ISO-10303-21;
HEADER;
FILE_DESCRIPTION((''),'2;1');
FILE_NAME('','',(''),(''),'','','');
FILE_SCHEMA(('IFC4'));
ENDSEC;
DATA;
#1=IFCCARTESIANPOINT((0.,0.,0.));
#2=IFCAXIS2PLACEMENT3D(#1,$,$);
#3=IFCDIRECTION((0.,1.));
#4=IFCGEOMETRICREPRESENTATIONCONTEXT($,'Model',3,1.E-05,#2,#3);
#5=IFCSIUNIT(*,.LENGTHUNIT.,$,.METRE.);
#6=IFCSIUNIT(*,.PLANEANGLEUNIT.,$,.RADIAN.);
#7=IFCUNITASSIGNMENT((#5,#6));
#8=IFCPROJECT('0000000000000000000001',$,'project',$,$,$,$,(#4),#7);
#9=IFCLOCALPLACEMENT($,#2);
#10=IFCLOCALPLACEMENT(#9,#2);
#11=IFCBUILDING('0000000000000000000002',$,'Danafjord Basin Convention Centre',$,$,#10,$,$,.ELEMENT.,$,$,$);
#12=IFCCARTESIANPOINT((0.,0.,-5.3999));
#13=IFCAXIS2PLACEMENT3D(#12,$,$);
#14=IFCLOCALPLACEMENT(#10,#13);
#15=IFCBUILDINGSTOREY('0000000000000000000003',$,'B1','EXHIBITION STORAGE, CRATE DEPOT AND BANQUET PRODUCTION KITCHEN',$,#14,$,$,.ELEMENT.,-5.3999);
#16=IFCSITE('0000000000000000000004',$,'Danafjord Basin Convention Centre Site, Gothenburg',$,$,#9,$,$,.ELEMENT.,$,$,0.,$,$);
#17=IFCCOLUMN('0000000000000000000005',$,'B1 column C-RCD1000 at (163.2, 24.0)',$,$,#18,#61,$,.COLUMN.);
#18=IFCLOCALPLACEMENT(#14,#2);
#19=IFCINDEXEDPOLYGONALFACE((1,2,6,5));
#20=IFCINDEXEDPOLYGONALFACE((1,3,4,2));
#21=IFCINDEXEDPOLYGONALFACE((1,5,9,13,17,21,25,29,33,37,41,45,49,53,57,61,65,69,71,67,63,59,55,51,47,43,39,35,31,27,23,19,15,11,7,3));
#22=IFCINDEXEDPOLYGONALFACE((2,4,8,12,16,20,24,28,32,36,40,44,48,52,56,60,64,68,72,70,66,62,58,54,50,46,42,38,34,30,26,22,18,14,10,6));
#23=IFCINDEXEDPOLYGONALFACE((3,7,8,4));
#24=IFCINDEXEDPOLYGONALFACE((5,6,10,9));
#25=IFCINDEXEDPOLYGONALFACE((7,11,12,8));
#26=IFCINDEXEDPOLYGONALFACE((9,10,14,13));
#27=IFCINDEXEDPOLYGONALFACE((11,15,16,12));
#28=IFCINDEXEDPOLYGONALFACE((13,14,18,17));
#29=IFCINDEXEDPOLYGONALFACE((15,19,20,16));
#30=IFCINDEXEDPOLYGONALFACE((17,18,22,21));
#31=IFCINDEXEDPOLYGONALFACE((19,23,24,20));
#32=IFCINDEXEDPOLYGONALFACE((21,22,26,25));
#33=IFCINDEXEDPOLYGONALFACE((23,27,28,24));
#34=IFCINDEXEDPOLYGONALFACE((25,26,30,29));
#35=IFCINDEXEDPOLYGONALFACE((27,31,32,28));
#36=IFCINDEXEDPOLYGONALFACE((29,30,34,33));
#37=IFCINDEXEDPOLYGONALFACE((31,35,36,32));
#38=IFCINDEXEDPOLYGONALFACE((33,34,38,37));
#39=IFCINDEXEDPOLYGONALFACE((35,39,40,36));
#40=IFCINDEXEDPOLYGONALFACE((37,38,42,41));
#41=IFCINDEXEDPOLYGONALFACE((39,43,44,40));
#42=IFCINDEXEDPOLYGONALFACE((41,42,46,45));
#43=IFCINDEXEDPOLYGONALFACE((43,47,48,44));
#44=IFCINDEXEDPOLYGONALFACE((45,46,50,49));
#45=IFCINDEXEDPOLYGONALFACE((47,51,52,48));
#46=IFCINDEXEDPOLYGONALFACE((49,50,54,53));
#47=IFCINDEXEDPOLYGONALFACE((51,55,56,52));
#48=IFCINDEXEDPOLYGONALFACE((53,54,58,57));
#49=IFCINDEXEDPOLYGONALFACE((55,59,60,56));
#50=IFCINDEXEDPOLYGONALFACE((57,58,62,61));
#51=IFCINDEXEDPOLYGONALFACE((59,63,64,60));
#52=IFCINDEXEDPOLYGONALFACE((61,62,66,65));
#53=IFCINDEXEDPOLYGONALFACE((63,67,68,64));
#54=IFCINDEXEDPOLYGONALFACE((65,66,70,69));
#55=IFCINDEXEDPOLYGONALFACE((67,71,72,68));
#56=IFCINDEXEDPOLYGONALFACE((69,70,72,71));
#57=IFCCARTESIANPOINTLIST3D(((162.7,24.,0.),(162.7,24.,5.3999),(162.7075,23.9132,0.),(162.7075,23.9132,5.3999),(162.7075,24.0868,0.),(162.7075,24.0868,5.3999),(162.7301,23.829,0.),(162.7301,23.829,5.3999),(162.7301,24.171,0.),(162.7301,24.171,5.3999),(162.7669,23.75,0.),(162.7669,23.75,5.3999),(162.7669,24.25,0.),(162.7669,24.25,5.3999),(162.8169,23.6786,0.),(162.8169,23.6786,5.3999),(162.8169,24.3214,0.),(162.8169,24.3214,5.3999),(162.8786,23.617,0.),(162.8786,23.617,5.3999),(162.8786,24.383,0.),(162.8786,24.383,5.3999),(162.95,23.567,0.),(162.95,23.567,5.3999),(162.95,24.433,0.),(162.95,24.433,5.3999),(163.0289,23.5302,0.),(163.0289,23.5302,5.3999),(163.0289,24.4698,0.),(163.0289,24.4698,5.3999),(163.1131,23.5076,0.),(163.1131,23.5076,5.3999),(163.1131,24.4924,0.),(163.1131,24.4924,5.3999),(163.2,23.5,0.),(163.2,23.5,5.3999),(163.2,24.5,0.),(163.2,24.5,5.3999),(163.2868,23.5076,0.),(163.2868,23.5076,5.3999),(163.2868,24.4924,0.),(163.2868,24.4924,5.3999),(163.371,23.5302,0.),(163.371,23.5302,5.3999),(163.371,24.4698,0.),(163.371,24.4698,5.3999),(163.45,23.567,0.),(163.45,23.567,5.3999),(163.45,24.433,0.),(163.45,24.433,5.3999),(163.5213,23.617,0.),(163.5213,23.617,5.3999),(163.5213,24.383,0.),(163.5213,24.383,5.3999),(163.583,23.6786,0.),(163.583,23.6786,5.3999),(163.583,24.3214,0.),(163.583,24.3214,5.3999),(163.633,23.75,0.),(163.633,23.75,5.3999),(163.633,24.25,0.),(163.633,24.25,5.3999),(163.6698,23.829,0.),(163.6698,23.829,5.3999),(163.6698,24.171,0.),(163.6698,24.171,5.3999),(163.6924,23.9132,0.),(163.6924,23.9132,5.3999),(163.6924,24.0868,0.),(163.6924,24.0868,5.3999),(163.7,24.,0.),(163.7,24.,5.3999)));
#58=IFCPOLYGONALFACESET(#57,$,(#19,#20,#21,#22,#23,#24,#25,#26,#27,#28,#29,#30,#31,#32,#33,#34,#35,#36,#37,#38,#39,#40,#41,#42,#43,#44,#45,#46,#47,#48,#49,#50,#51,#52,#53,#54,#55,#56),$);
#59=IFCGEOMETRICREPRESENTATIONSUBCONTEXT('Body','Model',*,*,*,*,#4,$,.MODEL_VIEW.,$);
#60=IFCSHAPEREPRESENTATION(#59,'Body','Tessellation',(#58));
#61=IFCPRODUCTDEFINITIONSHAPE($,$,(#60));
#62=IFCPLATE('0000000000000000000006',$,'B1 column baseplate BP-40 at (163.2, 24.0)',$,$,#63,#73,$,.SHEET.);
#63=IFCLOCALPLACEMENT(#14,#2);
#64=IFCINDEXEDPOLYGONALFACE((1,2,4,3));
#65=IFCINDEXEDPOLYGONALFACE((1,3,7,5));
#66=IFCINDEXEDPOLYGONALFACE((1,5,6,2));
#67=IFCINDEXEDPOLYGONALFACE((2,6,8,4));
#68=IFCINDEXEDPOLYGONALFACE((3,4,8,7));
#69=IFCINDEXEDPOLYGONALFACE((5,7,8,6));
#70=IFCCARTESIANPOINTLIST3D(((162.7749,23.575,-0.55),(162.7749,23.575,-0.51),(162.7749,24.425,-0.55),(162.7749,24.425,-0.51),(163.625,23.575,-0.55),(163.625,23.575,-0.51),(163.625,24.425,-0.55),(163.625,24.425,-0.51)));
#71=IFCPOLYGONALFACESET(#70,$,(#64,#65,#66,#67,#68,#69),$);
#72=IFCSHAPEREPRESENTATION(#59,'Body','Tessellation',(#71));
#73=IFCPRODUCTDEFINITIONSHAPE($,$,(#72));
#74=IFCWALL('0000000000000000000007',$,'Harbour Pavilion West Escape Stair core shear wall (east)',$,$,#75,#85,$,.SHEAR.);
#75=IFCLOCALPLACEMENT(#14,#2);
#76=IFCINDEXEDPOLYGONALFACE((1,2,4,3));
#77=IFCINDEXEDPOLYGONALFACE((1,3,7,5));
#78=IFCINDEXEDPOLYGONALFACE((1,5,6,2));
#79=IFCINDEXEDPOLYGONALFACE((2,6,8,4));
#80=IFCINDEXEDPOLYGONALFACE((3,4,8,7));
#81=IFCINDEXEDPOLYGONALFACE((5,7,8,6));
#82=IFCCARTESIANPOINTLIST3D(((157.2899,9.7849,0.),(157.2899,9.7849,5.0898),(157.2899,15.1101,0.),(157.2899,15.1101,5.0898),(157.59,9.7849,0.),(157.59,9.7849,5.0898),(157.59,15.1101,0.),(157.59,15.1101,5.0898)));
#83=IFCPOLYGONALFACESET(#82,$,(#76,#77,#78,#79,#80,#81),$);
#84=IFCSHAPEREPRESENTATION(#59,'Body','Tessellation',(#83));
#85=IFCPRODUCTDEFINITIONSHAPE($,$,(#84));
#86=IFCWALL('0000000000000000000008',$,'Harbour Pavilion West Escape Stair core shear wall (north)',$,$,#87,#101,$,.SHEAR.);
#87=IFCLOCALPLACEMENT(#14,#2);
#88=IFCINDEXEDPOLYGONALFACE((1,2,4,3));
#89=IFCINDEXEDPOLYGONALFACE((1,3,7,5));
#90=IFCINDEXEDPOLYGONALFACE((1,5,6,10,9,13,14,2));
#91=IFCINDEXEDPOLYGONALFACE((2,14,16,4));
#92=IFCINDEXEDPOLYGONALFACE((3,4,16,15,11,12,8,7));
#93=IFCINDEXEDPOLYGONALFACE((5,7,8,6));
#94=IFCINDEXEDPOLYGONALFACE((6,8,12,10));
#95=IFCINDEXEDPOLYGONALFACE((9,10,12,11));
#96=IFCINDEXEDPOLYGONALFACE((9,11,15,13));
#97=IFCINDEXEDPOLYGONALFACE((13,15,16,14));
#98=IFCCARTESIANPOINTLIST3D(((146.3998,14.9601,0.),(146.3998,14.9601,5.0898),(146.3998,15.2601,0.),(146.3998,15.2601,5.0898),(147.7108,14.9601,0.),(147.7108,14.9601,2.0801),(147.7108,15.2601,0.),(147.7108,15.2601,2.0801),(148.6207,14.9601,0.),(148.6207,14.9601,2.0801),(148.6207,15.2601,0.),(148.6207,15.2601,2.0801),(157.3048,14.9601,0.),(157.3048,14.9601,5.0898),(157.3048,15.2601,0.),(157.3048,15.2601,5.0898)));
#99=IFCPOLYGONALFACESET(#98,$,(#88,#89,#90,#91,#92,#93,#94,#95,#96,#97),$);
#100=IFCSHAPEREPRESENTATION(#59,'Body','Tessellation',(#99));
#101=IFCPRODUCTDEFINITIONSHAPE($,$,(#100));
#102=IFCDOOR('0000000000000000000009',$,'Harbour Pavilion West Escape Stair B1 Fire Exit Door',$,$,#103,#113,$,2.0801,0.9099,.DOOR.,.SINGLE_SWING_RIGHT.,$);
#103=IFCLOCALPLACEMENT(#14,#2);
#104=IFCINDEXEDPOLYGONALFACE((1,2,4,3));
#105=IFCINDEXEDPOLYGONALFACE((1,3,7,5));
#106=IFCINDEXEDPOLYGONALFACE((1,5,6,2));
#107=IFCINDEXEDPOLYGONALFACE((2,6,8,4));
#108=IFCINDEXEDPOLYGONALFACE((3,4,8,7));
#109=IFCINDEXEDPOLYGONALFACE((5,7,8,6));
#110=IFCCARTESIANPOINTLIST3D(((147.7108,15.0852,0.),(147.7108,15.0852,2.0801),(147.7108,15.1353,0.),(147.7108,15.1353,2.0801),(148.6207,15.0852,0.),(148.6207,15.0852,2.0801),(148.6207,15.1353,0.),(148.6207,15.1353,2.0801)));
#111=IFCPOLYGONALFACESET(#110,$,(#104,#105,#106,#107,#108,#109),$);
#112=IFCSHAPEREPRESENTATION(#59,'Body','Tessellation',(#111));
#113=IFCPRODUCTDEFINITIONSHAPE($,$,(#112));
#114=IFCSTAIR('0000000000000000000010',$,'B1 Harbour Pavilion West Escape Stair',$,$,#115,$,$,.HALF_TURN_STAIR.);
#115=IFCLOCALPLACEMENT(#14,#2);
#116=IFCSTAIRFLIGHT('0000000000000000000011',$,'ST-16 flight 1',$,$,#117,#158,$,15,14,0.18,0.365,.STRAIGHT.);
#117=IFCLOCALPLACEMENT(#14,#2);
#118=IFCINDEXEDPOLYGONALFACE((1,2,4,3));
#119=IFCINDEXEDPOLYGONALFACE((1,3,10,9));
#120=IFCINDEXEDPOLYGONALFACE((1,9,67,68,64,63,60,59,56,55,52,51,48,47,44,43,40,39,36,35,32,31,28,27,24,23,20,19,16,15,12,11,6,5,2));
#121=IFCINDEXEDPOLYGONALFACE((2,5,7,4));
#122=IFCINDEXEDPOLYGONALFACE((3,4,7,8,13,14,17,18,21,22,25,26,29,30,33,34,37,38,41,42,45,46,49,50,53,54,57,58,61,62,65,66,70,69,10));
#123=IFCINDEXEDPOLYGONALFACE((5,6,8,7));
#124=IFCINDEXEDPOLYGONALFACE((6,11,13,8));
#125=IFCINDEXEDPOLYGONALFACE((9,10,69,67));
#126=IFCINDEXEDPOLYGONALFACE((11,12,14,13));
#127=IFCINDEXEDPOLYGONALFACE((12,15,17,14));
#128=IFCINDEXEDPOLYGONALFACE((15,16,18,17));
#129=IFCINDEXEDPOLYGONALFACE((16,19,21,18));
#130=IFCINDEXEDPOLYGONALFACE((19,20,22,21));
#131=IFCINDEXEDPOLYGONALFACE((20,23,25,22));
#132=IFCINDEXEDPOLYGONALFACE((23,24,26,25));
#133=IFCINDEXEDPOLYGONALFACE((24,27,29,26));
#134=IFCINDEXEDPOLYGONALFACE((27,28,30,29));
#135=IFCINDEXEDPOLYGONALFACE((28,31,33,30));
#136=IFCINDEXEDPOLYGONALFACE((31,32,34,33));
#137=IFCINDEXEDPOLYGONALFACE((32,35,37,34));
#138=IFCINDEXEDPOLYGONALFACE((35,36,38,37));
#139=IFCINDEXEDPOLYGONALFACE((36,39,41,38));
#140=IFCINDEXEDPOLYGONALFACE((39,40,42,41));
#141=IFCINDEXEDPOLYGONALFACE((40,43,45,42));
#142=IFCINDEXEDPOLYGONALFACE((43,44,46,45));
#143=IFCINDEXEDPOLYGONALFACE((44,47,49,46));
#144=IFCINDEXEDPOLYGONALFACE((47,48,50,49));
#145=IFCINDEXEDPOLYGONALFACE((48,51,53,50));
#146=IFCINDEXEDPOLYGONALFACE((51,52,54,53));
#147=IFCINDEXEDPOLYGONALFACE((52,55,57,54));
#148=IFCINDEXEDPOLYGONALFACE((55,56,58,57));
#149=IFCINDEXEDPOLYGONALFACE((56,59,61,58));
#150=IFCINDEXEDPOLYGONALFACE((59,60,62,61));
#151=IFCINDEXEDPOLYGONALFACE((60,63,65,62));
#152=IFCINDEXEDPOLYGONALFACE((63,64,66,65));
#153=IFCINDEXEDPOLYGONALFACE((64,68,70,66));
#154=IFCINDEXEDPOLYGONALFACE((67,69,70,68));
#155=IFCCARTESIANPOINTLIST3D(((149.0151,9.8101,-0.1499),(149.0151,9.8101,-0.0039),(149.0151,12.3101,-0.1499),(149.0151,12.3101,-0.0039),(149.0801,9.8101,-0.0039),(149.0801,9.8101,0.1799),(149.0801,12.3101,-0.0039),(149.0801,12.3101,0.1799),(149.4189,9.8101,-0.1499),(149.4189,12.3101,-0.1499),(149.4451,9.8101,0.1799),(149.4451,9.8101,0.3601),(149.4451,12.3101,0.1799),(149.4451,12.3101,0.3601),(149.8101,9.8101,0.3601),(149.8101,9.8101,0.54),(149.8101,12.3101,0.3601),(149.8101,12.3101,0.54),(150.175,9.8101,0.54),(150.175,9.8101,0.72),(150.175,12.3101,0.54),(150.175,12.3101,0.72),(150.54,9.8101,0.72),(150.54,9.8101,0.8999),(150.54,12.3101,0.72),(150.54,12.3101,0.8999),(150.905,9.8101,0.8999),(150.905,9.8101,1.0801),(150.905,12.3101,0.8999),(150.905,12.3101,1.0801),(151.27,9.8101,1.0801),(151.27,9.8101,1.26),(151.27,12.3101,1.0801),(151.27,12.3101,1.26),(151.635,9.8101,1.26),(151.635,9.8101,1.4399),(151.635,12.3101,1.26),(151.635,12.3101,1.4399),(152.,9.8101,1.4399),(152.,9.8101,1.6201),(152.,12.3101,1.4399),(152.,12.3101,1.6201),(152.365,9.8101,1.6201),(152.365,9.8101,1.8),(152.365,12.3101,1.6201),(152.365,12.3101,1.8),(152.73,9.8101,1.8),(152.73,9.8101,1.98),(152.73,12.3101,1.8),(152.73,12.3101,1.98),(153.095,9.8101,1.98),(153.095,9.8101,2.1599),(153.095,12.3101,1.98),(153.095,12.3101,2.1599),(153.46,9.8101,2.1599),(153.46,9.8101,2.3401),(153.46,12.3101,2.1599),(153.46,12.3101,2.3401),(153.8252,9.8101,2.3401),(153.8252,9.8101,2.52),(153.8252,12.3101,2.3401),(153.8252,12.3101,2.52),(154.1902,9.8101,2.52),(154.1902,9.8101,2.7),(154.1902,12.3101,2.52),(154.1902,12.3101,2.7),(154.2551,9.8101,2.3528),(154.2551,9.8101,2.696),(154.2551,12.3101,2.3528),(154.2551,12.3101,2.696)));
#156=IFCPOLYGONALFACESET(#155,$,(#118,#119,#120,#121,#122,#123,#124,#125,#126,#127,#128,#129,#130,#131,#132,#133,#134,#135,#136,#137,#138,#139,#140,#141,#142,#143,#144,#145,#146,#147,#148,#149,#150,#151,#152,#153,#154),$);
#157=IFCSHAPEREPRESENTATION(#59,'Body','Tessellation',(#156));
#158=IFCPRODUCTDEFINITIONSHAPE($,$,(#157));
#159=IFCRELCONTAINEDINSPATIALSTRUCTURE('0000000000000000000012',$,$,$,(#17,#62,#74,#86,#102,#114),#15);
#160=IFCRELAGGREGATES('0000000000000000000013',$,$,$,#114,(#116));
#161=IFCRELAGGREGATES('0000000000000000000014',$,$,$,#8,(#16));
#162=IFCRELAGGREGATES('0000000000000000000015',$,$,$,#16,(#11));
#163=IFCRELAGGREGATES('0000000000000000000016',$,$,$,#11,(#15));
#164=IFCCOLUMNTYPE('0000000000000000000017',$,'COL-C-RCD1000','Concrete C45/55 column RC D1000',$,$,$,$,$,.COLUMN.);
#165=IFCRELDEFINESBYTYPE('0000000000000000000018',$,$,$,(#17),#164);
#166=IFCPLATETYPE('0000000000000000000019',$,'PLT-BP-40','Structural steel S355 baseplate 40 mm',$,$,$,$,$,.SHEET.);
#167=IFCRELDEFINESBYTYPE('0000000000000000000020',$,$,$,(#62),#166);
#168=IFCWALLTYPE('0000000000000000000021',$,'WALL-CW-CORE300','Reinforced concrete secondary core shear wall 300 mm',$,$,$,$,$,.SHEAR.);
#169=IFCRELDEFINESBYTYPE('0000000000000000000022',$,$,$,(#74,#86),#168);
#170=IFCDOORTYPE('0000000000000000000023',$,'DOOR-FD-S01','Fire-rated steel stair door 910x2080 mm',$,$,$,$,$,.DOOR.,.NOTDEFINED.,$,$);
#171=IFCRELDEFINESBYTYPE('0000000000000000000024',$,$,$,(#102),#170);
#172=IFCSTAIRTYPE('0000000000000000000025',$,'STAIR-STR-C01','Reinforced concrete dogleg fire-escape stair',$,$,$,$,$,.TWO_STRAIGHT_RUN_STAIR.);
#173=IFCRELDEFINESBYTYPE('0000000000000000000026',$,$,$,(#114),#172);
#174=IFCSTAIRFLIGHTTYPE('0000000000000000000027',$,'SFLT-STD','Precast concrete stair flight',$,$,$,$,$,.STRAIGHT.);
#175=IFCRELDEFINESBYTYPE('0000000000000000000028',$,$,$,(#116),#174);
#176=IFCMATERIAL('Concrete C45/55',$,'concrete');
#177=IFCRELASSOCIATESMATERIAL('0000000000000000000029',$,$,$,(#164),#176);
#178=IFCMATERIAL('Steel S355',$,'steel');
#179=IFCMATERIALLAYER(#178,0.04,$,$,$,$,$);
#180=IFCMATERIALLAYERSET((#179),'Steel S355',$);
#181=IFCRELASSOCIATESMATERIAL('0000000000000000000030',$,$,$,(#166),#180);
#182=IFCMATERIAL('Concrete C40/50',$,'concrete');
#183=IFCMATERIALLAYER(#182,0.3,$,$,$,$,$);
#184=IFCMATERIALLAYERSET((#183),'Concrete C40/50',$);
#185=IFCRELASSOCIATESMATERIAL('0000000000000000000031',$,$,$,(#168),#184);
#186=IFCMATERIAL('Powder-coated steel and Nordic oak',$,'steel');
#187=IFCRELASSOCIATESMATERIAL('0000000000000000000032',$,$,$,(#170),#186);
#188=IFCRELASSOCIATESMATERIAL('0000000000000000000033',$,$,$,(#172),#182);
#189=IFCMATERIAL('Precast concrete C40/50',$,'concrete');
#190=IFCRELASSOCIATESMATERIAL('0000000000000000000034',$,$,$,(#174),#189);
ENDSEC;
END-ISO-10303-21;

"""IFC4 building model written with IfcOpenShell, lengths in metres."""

from ifc_helpers import new_model, si_unit, direction, frame, frame_2d, origin, origin_2d, place, context, subcontext, project, spatial, polyline, rectangle, circle, outline, extrude, material, layer, layer_set, material_profile, profile_set, type_object, element, fill, aggregate, save


model = new_model("IFC4")

# Units and contexts
model_context = context("Model", 3, precision=1e-05, world=origin(), true_north=direction((0.0, 1.0)))
body_context = subcontext(model_context, "Body", "Model", "MODEL_VIEW")
ifc_project = project(units=[si_unit("LENGTHUNIT", "METRE"), si_unit("PLANEANGLEUNIT", "RADIAN")], contexts=[model_context])

# Site, building, storey
site_placement = place(None, origin())
site = spatial("IfcSite", under=ifc_project, at=site_placement, Name="Danafjord Basin Convention Centre Site, Gothenburg", CompositionType="ELEMENT", RefElevation=0.0)
building_placement = place(site_placement, origin())
building = spatial("IfcBuilding", under=site, at=building_placement, Name="Danafjord Basin Convention Centre", CompositionType="ELEMENT")
storey_placement = place(building_placement, frame((0.0, 0.0, -5.3999)))
storey = spatial("IfcBuildingStorey", under=building, at=storey_placement, Name="B1", Description="EXHIBITION STORAGE, CRATE DEPOT AND BANQUET PRODUCTION KITCHEN", CompositionType="ELEMENT", Elevation=-5.3999)

# Shared definitions
ifc_material_1 = material(Name="Concrete C40/50", Category="concrete")

# Column
ifc_material_2 = material(Name="Concrete C45/55", Category="concrete")
ifc_material_profile_1 = material_profile(ifc_material_2, circle(Radius=0.5, at=origin_2d()), Name="RC D1000")
ifc_profile_set_1 = profile_set([ifc_material_profile_1], Name="Concrete C45/55")
column_type_1 = type_object("IfcColumnType", Name="COL-C-RCD1000", Description="Concrete C45/55 column RC D1000", PredefinedType="COLUMN", material=ifc_profile_set_1)
column_1_placement = place(storey_placement, frame((163.2, 24.0, 0.0), z_axis=(0.0, 0.0, 1.0), x_axis=(1.0, 0.0, 0.0)))
element("IfcColumn", 1, at=column_1_placement, inside=storey, type_object=column_type_1, Name="B1 column C-RCD1000 at (163.2, 24.0)", PredefinedType="COLUMN", context=body_context, shape_type="SweptSolid", body=[
    extrude(circle(Radius=0.5, at=origin_2d()), origin(), (0.0, 0.0, 1.0), 5.3999),
])

# Plate
ifc_material_3 = material(Name="Steel S355", Category="steel")
ifc_layer_1 = layer(ifc_material_3, 0.04)
ifc_layer_set_1 = layer_set([ifc_layer_1], Name="Steel S355")
plate_type = type_object("IfcPlateType", Name="PLT-BP-40", Description="Structural steel S355 baseplate 40 mm", PredefinedType="SHEET", material=ifc_layer_set_1)
plate_placement = place(storey_placement, frame((163.2, 24.0, -0.55), z_axis=(0.0, 0.0, 1.0), x_axis=(1.0, 0.0, 0.0)))
element("IfcPlate", 2, at=plate_placement, inside=storey, type_object=plate_type, Name="B1 column baseplate BP-40 at (163.2, 24.0)", PredefinedType="SHEET", context=body_context, shape_type="SweptSolid", body=[
    extrude(rectangle(XDim=0.8501, YDim=0.8501, at=origin_2d()), origin(), (0.0, 0.0, 1.0), 0.04),
])

# Wall
ifc_layer_2 = layer(ifc_material_1, 0.3)
ifc_layer_set_2 = layer_set([ifc_layer_2], Name="Concrete C40/50")
wall_type = type_object("IfcWallType", Name="WALL-CW-CORE300", Description="Reinforced concrete secondary core shear wall 300 mm", PredefinedType="SHEAR", material=ifc_layer_set_2)
wall_1_placement = place(storey_placement, frame((157.4399, 9.7849, 0.0), z_axis=(0.0, 0.0, 1.0), x_axis=(0.0, 1.0, 0.0)))
element("IfcWall", 3, at=wall_1_placement, inside=storey, type_object=wall_type, Name="Harbour Pavilion West Escape Stair core shear wall (east)", PredefinedType="SHEAR", context=body_context, shape_type="SweptSolid", body=[
    extrude(rectangle(XDim=5.3252, YDim=0.3, at=frame_2d((2.6626, 0.0))), origin(), (0.0, 0.0, 1.0), 5.0898),
])

# Wall, opening, door
wall_2_placement = place(storey_placement, frame((157.3049, 15.1101, 0.0), z_axis=(0.0, 0.0, 1.0), x_axis=(-1.0, 0.0, 0.0)))
wall_2 = element("IfcWall", 4, at=wall_2_placement, inside=storey, type_object=wall_type, Name="Harbour Pavilion West Escape Stair core shear wall (north)", PredefinedType="SHEAR", context=body_context, shape_type="SweptSolid", body=[
    extrude(rectangle(XDim=10.905, YDim=0.3, at=frame_2d((5.4526, 0.0))), origin(), (0.0, 0.0, 1.0), 5.0898),
])
opening_placement = place(wall_2_placement, frame((8.6841, 0.0, 0.0)))
opening = element("IfcOpeningElement", 5, at=opening_placement, cuts=wall_2, PredefinedType="OPENING", context=body_context, shape_type="SweptSolid", body=[
    extrude(rectangle(XDim=0.9099, YDim=2.0801, at=frame_2d((0.4551, 1.04))), frame((0.0, 0.1599, 0.0), z_axis=(0.0, -1.0, 0.0), x_axis=(1.0, 0.0, 0.0)), (0.0, 0.0, 1.0), 0.3201),
])
ifc_material_4 = material(Name="Powder-coated steel and Nordic oak", Category="steel")
door_type = type_object("IfcDoorType", Name="DOOR-FD-S01", Description="Fire-rated steel stair door 910x2080 mm", OperationType="NOTDEFINED", PredefinedType="DOOR", material=ifc_material_4)
door_placement = place(opening_placement, origin())
door = element("IfcDoor", 6, at=door_placement, inside=storey, type_object=door_type, Name="Harbour Pavilion West Escape Stair B1 Fire Exit Door", OperationType="SINGLE_SWING_RIGHT", OverallHeight=2.0801, OverallWidth=0.9099, PredefinedType="DOOR", context=body_context, shape_type="SweptSolid", body=[
    extrude(rectangle(XDim=0.9099, YDim=2.0801, at=frame_2d((0.4551, 1.04))), frame((0.0, 0.0249, 0.0), z_axis=(0.0, -1.0, 0.0), x_axis=(1.0, 0.0, 0.0)), (0.0, 0.0, 1.0), 0.05),
])
fill(opening, door)

# Stair, stair flight
stair_type = type_object("IfcStairType", Name="STAIR-STR-C01", Description="Reinforced concrete dogleg fire-escape stair", PredefinedType="TWO_STRAIGHT_RUN_STAIR", material=ifc_material_1)
stair_placement = place(storey_placement, origin())
stair = element("IfcStair", 7, at=stair_placement, inside=storey, type_object=stair_type, Name="B1 Harbour Pavilion West Escape Stair", PredefinedType="HALF_TURN_STAIR")
ifc_material_5 = material(Name="Precast concrete C40/50", Category="concrete")
stair_flight_type = type_object("IfcStairFlightType", Name="SFLT-STD", Description="Precast concrete stair flight", PredefinedType="STRAIGHT", material=ifc_material_5)
stair_flight_1_placement = place(storey_placement, frame((149.0801, 11.0601, 0.0), z_axis=(0.0, 0.0, 1.0), x_axis=(1.0, 0.0, 0.0)))
stair_flight_1 = element("IfcStairFlight", 8, at=stair_flight_1_placement, type_object=stair_flight_type, Name="ST-16 flight 1", NumberOfRisers=15, NumberOfTreads=14, PredefinedType="STRAIGHT", RiserHeight=0.18, TreadLength=0.365, context=body_context, shape_type="SweptSolid", body=[
    extrude(outline(polyline([(-0.0649, -0.1499), (-0.0649, -0.0039), (0.0, -0.0039), (0.0, 0.1799), (0.365, 0.1799), (0.365, 0.3601), (0.73, 0.3601), (0.73, 0.54), (1.095, 0.54), (1.095, 0.72), (1.46, 0.72), (1.46, 0.8999), (1.825, 0.8999), (1.825, 1.0801), (2.1899, 1.0801), (2.1899, 1.26), (2.5549, 1.26), (2.5549, 1.4399), (2.9199, 1.4399), (2.9199, 1.6201), (3.2849, 1.6201), (3.2849, 1.8), (3.6499, 1.8), (3.6499, 1.98), (4.0149, 1.98), (4.0149, 2.1599), (4.3799, 2.1599), (4.3799, 2.3401), (4.7451, 2.3401), (4.7451, 2.52), (5.1101, 2.52), (5.1101, 2.7), (5.175, 2.696), (5.175, 2.3528), (0.3389, -0.1499), (-0.0649, -0.1499)])), frame((0.0, 1.25, 0.0), z_axis=(0.0, -1.0, 0.0), x_axis=(1.0, 0.0, 0.0)), (0.0, 0.0, 1.0), 2.5),
])
aggregate(stair, [stair_flight_1])

save(model, "model.ifc")
